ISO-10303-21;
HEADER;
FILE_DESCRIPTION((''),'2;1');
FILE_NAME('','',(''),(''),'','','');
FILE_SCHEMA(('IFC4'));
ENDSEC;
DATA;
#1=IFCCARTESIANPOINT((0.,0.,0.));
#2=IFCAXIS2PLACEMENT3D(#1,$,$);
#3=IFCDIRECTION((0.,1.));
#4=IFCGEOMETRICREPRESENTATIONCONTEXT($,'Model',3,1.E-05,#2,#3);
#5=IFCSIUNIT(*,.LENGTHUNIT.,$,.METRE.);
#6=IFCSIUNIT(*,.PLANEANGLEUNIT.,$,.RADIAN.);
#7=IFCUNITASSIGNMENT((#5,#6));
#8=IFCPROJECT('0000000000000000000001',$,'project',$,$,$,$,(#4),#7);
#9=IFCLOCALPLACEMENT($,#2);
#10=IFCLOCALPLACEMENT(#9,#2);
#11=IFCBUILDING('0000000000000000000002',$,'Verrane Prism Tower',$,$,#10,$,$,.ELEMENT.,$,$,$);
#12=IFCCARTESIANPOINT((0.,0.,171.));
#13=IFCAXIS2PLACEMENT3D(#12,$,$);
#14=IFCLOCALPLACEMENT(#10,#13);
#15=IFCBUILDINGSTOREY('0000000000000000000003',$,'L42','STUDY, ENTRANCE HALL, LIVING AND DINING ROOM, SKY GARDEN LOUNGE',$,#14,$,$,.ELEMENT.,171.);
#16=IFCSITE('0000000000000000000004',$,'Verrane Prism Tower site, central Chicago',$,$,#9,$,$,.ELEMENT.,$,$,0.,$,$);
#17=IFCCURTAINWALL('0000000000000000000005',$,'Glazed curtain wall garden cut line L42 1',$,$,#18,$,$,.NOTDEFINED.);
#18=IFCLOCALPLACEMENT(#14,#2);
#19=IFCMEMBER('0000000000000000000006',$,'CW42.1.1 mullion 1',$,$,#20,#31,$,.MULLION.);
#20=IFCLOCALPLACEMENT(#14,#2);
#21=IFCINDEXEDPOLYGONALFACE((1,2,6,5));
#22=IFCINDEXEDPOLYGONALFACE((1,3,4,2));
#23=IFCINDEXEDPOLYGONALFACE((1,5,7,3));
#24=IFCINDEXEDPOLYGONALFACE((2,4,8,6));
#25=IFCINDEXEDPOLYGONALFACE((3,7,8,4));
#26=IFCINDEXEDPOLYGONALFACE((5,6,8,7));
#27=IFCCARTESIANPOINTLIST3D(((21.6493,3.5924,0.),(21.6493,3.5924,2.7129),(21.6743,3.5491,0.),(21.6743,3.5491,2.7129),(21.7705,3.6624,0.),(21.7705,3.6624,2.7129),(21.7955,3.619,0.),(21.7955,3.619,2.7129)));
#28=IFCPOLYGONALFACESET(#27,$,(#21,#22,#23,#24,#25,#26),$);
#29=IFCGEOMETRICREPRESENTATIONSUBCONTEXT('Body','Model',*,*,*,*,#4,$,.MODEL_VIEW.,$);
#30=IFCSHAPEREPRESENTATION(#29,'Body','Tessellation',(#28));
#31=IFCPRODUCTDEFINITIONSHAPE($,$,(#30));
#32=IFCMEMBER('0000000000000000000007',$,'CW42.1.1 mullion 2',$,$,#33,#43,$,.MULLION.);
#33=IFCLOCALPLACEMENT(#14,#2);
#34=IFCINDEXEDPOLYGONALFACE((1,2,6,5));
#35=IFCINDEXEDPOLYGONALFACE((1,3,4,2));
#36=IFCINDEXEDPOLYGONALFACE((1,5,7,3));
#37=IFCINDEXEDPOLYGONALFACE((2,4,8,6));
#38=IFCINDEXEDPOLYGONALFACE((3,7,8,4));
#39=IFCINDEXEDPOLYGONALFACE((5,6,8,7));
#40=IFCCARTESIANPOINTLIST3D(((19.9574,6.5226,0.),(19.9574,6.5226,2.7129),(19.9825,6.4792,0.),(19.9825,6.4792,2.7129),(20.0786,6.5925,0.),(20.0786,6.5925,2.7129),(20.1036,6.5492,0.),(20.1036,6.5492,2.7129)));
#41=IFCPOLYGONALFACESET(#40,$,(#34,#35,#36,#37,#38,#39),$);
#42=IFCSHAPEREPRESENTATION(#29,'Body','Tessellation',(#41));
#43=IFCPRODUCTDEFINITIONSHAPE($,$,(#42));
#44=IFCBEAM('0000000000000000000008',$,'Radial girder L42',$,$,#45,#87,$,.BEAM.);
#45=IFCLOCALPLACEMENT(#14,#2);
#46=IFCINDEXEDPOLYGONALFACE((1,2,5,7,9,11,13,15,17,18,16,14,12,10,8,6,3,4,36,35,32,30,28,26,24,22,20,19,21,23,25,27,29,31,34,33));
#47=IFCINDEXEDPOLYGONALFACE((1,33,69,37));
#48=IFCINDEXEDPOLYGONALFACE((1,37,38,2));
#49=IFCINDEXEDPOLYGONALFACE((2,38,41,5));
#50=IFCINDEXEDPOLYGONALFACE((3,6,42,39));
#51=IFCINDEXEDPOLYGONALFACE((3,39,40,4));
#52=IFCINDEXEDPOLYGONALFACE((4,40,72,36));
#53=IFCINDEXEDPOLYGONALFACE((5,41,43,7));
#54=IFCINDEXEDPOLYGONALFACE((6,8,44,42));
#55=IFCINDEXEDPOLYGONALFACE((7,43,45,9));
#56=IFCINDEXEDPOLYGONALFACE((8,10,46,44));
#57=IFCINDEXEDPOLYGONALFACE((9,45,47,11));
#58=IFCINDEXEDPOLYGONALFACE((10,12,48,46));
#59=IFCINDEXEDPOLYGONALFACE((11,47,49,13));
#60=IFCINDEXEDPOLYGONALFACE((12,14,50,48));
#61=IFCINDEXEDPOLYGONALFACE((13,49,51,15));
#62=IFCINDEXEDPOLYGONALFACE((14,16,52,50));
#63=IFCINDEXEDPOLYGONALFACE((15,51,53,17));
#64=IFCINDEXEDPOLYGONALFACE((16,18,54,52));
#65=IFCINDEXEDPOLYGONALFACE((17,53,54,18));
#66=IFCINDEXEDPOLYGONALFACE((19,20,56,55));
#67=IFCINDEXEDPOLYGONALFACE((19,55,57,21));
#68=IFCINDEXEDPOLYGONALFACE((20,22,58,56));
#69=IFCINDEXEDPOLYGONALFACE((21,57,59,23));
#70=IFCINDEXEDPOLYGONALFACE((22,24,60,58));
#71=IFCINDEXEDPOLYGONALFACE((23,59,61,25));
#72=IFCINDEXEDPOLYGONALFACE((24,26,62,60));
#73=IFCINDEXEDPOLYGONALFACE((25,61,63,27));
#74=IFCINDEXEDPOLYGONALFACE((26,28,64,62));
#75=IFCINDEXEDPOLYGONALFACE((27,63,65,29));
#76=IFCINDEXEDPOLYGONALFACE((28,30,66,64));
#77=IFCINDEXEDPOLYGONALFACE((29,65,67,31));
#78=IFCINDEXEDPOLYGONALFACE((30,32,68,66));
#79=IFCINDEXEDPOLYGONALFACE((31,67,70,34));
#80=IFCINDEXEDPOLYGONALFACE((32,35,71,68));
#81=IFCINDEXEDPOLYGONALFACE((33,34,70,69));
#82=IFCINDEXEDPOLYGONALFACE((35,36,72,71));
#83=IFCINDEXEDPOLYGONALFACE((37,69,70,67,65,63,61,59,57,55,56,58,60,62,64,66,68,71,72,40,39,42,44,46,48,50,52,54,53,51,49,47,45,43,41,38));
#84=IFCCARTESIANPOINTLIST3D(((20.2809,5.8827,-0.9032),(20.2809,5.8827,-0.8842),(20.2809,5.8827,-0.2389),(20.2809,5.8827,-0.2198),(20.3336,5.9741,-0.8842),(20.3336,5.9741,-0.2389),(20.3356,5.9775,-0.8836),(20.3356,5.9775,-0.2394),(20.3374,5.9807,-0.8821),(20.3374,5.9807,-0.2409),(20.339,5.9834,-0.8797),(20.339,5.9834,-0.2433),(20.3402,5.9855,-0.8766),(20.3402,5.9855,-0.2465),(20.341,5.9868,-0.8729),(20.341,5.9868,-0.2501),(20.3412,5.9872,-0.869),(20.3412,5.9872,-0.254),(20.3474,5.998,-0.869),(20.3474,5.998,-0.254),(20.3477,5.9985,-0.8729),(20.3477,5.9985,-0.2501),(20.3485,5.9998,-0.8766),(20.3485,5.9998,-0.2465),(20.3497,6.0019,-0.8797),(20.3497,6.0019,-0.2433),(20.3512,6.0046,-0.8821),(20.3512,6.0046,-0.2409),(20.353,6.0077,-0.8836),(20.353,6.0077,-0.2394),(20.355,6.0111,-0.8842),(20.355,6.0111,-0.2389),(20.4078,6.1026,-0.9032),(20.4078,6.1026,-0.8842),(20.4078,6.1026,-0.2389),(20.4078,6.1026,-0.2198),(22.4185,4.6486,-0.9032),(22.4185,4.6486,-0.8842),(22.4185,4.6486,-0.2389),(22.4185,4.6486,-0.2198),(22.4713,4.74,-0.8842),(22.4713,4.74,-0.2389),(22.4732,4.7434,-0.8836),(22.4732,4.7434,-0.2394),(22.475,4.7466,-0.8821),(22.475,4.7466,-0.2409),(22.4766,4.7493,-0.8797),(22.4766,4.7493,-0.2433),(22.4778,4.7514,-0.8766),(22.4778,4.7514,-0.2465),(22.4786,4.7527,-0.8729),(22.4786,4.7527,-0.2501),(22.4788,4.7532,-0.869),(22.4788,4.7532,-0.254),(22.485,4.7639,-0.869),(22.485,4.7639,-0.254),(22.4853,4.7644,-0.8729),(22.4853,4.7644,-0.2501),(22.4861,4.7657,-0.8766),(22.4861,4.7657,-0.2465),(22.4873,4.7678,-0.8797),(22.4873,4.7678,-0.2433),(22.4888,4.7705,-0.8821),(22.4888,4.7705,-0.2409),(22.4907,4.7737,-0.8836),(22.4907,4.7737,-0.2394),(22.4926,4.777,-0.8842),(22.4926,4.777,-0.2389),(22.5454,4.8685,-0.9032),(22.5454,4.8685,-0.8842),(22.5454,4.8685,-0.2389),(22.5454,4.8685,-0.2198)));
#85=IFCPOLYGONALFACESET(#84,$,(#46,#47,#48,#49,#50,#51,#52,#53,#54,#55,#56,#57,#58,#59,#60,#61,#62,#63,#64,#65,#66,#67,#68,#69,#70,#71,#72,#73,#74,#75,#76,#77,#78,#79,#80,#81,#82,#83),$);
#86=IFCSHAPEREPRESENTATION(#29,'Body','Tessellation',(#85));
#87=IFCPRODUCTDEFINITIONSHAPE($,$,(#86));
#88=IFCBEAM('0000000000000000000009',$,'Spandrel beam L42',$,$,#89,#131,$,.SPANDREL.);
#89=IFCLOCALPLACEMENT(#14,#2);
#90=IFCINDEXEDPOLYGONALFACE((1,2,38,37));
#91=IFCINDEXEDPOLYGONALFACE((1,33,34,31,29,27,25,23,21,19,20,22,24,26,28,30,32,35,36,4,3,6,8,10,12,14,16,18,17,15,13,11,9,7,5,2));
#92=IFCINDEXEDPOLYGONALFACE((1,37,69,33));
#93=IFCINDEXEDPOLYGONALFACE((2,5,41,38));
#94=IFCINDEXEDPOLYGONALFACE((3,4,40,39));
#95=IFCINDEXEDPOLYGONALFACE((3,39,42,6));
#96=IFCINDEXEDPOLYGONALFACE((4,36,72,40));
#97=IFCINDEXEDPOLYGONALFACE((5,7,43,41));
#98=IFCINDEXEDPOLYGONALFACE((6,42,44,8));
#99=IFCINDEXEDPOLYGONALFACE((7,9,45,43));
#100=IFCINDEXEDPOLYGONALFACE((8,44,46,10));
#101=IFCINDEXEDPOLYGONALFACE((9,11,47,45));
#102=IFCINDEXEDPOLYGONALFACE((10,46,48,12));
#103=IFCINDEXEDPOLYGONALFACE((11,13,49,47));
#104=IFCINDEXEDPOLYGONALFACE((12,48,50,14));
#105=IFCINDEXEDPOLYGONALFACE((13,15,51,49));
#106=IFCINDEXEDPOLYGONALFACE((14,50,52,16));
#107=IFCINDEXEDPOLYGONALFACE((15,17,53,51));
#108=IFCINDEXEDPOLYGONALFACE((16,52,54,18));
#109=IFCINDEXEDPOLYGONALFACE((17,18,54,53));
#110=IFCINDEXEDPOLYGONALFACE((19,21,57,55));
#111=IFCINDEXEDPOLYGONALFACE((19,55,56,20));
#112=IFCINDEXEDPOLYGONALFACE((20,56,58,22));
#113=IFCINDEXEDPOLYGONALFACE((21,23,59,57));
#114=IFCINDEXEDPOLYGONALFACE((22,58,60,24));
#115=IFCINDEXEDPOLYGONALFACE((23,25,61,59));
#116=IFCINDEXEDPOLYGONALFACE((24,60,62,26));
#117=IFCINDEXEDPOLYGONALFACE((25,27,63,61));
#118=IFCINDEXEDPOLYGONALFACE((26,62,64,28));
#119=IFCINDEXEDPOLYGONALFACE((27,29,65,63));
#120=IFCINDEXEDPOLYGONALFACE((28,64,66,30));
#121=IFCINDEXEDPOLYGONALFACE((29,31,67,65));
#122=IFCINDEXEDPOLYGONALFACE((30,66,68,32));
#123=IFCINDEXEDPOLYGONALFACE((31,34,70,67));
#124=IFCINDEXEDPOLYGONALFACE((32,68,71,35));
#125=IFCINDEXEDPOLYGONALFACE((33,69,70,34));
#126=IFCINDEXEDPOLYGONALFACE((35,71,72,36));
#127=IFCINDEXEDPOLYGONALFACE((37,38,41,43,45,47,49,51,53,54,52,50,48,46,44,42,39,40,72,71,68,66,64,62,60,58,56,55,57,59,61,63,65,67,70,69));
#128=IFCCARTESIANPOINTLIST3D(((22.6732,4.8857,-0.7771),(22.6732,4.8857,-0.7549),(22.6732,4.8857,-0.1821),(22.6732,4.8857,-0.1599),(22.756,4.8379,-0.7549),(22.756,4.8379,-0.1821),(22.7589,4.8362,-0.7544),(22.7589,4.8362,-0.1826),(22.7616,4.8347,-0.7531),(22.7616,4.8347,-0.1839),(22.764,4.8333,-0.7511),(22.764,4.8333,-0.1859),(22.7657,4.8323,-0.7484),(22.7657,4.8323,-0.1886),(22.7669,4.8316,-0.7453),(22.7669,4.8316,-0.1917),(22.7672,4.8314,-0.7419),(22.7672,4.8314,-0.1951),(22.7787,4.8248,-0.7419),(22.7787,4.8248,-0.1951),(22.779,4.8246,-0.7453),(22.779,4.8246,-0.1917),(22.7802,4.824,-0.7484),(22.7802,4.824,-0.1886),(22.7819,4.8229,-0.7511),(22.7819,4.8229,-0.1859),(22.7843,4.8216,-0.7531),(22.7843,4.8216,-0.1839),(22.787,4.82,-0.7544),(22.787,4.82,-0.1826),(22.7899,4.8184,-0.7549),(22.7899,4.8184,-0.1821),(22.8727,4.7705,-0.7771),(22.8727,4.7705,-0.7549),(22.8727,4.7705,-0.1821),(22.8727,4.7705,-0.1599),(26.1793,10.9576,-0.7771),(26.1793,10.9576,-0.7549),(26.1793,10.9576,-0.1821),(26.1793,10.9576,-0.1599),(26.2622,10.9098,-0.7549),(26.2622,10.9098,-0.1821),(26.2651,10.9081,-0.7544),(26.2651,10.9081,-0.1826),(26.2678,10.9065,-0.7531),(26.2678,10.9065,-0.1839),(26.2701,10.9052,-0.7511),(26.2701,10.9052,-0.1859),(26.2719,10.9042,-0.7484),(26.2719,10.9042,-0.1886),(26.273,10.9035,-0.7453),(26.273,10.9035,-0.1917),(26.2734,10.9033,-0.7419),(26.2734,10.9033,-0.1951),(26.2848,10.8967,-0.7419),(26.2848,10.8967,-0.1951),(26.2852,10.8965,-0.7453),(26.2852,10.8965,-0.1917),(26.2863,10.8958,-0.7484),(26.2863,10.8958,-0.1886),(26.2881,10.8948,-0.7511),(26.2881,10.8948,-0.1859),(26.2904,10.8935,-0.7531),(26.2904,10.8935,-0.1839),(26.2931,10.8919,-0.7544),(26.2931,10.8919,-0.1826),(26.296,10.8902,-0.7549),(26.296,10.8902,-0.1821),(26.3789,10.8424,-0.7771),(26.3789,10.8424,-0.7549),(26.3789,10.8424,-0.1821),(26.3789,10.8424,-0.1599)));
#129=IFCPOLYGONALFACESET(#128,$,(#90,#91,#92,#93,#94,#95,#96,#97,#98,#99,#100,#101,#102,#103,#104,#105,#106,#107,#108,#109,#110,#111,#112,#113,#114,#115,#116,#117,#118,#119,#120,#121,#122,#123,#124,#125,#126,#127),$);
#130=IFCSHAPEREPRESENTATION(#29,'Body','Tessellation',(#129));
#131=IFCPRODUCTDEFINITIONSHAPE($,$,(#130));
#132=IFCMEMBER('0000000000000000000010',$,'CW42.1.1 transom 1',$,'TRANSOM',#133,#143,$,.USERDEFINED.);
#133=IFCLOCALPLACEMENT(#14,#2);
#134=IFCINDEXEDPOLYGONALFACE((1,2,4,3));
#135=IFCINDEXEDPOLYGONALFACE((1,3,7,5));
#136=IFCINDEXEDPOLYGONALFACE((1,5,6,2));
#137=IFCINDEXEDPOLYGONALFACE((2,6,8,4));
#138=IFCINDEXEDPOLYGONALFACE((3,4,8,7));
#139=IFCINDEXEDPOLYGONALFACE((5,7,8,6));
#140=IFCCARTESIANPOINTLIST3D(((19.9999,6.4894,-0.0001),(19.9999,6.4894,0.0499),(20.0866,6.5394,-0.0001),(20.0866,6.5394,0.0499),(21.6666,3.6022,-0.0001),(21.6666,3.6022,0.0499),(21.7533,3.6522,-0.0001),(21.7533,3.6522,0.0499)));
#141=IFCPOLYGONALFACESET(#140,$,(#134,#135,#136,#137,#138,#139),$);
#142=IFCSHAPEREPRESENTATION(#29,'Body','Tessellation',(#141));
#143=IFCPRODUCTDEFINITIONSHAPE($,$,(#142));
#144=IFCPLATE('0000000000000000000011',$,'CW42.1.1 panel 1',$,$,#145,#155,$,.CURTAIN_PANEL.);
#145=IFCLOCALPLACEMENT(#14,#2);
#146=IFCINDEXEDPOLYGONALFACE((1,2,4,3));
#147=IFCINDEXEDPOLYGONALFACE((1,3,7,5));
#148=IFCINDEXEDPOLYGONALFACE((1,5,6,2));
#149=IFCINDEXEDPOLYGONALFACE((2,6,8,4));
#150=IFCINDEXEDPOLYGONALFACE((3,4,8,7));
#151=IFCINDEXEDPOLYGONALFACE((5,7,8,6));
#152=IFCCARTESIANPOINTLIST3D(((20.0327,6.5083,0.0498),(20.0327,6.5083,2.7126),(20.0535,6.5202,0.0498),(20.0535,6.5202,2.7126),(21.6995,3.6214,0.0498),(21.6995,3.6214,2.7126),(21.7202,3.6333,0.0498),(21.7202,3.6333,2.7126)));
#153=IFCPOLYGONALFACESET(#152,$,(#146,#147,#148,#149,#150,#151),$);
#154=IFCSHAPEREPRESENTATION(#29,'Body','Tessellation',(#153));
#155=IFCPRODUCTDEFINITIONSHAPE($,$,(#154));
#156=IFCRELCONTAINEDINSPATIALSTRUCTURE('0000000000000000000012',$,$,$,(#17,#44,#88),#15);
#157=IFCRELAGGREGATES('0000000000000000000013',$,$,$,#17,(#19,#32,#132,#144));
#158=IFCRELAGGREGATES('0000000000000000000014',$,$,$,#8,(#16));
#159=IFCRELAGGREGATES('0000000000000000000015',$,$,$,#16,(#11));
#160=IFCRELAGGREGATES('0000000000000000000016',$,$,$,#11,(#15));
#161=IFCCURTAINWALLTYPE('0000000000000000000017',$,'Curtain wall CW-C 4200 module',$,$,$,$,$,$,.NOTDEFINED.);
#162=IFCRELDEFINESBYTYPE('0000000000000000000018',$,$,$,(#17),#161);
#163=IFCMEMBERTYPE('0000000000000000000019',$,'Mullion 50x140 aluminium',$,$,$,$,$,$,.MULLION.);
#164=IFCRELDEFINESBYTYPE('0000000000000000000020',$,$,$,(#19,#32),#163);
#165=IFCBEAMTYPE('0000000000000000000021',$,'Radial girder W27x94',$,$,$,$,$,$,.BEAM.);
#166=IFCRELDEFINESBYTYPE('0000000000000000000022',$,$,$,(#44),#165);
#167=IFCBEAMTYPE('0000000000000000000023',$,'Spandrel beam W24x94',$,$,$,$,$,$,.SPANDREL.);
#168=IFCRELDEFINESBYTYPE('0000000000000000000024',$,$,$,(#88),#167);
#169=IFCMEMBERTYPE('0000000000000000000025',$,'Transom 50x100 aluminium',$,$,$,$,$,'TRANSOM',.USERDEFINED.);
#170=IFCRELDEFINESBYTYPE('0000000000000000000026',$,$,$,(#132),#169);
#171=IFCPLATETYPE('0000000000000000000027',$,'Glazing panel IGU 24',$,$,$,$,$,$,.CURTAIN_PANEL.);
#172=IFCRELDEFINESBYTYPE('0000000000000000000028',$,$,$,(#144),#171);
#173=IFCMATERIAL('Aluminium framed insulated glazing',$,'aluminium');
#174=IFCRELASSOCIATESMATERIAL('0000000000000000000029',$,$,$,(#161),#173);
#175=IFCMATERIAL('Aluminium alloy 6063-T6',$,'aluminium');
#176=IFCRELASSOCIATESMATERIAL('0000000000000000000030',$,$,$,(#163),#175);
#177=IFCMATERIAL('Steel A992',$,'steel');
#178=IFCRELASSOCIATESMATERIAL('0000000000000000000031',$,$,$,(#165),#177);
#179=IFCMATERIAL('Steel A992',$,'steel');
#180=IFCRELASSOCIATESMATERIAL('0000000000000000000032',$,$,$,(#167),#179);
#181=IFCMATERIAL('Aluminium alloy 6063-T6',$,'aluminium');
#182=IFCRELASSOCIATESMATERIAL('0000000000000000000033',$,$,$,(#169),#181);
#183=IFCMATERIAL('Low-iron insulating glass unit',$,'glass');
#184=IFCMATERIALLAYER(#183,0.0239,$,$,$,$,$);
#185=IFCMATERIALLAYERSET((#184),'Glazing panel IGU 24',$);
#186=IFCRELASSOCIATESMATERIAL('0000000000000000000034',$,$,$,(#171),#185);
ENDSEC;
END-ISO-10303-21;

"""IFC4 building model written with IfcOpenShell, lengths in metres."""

from ifc_helpers import new_model, si_unit, direction, frame, origin, origin_2d, place, context, subcontext, project, spatial, rectangle, i_section, extrude, material, layer, layer_set, material_profile, profile_set, type_object, element, aggregate, save


model = new_model("IFC4")

# Units and contexts
model_context = context("Model", 3, precision=1e-05, world=origin(), true_north=direction((0.0, 1.0)))
body_context = subcontext(model_context, "Body", "Model", "MODEL_VIEW")
ifc_project = project(units=[si_unit("LENGTHUNIT", "METRE"), si_unit("PLANEANGLEUNIT", "RADIAN")], contexts=[model_context])

# Site, building, storey
site_placement = place(None, origin())
site = spatial("IfcSite", under=ifc_project, at=site_placement, Name="Verrane Prism Tower site, central Chicago", CompositionType="ELEMENT", RefElevation=0.0)
building_placement = place(site_placement, origin())
building = spatial("IfcBuilding", under=site, at=building_placement, Name="Verrane Prism Tower", CompositionType="ELEMENT")
storey_placement = place(building_placement, frame((0.0, 0.0, 171.0)))
storey = spatial("IfcBuildingStorey", under=building, at=storey_placement, Name="L42", Description="STUDY, ENTRANCE HALL, LIVING AND DINING ROOM, SKY GARDEN LOUNGE", CompositionType="ELEMENT", Elevation=171.0)

# Curtain wall, members
ifc_material_1 = material(Name="Aluminium framed insulated glazing", Category="aluminium")
curtain_wall_type = type_object("IfcCurtainWallType", Name="Curtain wall CW-C 4200 module", PredefinedType="NOTDEFINED", material=ifc_material_1)
curtain_wall_placement = place(storey_placement, origin())
curtain_wall = element("IfcCurtainWall", 1, at=curtain_wall_placement, inside=storey, type_object=curtain_wall_type, Name="Glazed curtain wall garden cut line L42 1", PredefinedType="NOTDEFINED")
ifc_material_2 = material(Name="Aluminium alloy 6063-T6", Category="aluminium")
ifc_material_profile_1 = material_profile(ifc_material_2, rectangle(XDim=0.1399, YDim=0.05, at=origin_2d()), Name="Mullion 50x140 aluminium")
ifc_profile_set_1 = profile_set([ifc_material_profile_1], Name="Aluminium alloy 6063-T6")
member_type_1 = type_object("IfcMemberType", Name="Mullion 50x140 aluminium", PredefinedType="MULLION", material=ifc_profile_set_1)
member_1_placement = place(storey_placement, frame((21.7224, 3.6057, 0.0), z_axis=(0.0, 0.0, 1.0), x_axis=(-0.866027, -0.499998, 0.0)))
member_1 = element("IfcMember", 2, at=member_1_placement, type_object=member_type_1, Name="CW42.1.1 mullion 1", PredefinedType="MULLION", context=body_context, shape_type="SweptSolid", body=[
    extrude(rectangle(XDim=0.1399, YDim=0.05, at=origin_2d()), origin(), (0.0, 0.0, 1.0), 2.7129),
])
member_2_placement = place(storey_placement, frame((20.0305, 6.5359, 0.0), z_axis=(0.0, 0.0, 1.0), x_axis=(-0.866027, -0.499998, 0.0)))
member_2 = element("IfcMember", 3, at=member_2_placement, type_object=member_type_1, Name="CW42.1.1 mullion 2", PredefinedType="MULLION", context=body_context, shape_type="SweptSolid", body=[
    extrude(rectangle(XDim=0.1399, YDim=0.05, at=origin_2d()), origin(), (0.0, 0.0, 1.0), 2.7129),
])

# Beams
ifc_material_3 = material(Name="Steel A992", Category="steel")
ifc_material_profile_2 = material_profile(ifc_material_3, i_section(OverallWidth=0.2539, OverallDepth=0.6833, WebThickness=0.0125, FlangeThickness=0.019, FilletRadius=0.0151, at=origin_2d()), Name="W27x94")
ifc_profile_set_2 = profile_set([ifc_material_profile_2], Name="Steel A992")
beam_type_1 = type_object("IfcBeamType", Name="Radial girder W27x94", PredefinedType="BEAM", material=ifc_profile_set_2)
beam_1_placement = place(storey_placement, frame((22.4819, 4.7585, -0.5615), z_axis=(-0.866037, 0.499979, 0.0), x_axis=(-0.499979, -0.866037, 0.0)))
element("IfcBeam", 4, at=beam_1_placement, inside=storey, type_object=beam_type_1, Name="Radial girder L42", PredefinedType="BEAM", context=body_context, shape_type="SweptSolid", body=[
    extrude(i_section(OverallWidth=0.2539, OverallDepth=0.6833, WebThickness=0.0125, FlangeThickness=0.019, FilletRadius=0.0151, at=origin_2d()), origin(), (0.0, 0.0, 1.0), 2.4683),
])
ifc_material_4 = material(Name="Steel A992", Category="steel")
ifc_material_profile_3 = material_profile(ifc_material_4, i_section(OverallWidth=0.2305, OverallDepth=0.6172, WebThickness=0.0132, FlangeThickness=0.0222, FilletRadius=0.0129, at=origin_2d()), Name="W24x94")
ifc_profile_set_3 = profile_set([ifc_material_profile_3], Name="Steel A992")
beam_type_2 = type_object("IfcBeamType", Name="Spandrel beam W24x94", PredefinedType="SPANDREL", material=ifc_profile_set_3)
beam_2_placement = place(storey_placement, frame((22.7729, 4.8281, -0.4685), z_axis=(0.50006, 0.865991, 0.0), x_axis=(-0.865991, 0.50006, 0.0)))
element("IfcBeam", 5, at=beam_2_placement, inside=storey, type_object=beam_type_2, Name="Spandrel beam L42", PredefinedType="SPANDREL", context=body_context, shape_type="SweptSolid", body=[
    extrude(i_section(OverallWidth=0.2305, OverallDepth=0.6172, WebThickness=0.0132, FlangeThickness=0.0222, FilletRadius=0.0129, at=origin_2d()), origin(), (0.0, 0.0, 1.0), 7.0115),
])

# Member
ifc_material_5 = material(Name="Aluminium alloy 6063-T6", Category="aluminium")
ifc_material_profile_4 = material_profile(ifc_material_5, rectangle(XDim=0.1001, YDim=0.05, at=origin_2d()), Name="Transom 50x100 aluminium")
ifc_profile_set_4 = profile_set([ifc_material_profile_4], Name="Aluminium alloy 6063-T6")
member_type_2 = type_object("IfcMemberType", Name="Transom 50x100 aluminium", ElementType="TRANSOM", PredefinedType="USERDEFINED", material=ifc_profile_set_4)
member_3_placement = place(storey_placement, frame((21.71, 3.6272, 0.0249), z_axis=(-0.499959, 0.866049, 0.0), x_axis=(-0.866049, -0.499959, 0.0)))
member_3 = element("IfcMember", 6, at=member_3_placement, type_object=member_type_2, Name="CW42.1.1 transom 1", ObjectType="TRANSOM", PredefinedType="USERDEFINED", context=body_context, shape_type="SweptSolid", body=[
    extrude(rectangle(XDim=0.1001, YDim=0.05, at=origin_2d()), origin(), (0.0, 0.0, 1.0), 3.3337),
])

# Plate
ifc_material_6 = material(Name="Low-iron insulating glass unit", Category="glass")
ifc_layer_1 = layer(ifc_material_6, 0.0239)
ifc_layer_set_1 = layer_set([ifc_layer_1], Name="Glazing panel IGU 24")
plate_type = type_object("IfcPlateType", Name="Glazing panel IGU 24", PredefinedType="CURTAIN_PANEL", material=ifc_layer_set_1)
plate_placement = place(storey_placement, frame((20.8765, 5.0708, 0.0498), z_axis=(0.0, 0.0, 1.0), x_axis=(-0.499998, 0.866027, 0.0)))
plate = element("IfcPlate", 7, at=plate_placement, type_object=plate_type, Name="CW42.1.1 panel 1", PredefinedType="CURTAIN_PANEL", context=body_context, shape_type="SweptSolid", body=[
    extrude(rectangle(XDim=3.3335, YDim=0.0239, at=origin_2d()), origin(), (0.0, 0.0, 1.0), 2.6628),
])
aggregate(curtain_wall, [member_1, member_2, member_3, plate])

save(model, "model.ifc")
